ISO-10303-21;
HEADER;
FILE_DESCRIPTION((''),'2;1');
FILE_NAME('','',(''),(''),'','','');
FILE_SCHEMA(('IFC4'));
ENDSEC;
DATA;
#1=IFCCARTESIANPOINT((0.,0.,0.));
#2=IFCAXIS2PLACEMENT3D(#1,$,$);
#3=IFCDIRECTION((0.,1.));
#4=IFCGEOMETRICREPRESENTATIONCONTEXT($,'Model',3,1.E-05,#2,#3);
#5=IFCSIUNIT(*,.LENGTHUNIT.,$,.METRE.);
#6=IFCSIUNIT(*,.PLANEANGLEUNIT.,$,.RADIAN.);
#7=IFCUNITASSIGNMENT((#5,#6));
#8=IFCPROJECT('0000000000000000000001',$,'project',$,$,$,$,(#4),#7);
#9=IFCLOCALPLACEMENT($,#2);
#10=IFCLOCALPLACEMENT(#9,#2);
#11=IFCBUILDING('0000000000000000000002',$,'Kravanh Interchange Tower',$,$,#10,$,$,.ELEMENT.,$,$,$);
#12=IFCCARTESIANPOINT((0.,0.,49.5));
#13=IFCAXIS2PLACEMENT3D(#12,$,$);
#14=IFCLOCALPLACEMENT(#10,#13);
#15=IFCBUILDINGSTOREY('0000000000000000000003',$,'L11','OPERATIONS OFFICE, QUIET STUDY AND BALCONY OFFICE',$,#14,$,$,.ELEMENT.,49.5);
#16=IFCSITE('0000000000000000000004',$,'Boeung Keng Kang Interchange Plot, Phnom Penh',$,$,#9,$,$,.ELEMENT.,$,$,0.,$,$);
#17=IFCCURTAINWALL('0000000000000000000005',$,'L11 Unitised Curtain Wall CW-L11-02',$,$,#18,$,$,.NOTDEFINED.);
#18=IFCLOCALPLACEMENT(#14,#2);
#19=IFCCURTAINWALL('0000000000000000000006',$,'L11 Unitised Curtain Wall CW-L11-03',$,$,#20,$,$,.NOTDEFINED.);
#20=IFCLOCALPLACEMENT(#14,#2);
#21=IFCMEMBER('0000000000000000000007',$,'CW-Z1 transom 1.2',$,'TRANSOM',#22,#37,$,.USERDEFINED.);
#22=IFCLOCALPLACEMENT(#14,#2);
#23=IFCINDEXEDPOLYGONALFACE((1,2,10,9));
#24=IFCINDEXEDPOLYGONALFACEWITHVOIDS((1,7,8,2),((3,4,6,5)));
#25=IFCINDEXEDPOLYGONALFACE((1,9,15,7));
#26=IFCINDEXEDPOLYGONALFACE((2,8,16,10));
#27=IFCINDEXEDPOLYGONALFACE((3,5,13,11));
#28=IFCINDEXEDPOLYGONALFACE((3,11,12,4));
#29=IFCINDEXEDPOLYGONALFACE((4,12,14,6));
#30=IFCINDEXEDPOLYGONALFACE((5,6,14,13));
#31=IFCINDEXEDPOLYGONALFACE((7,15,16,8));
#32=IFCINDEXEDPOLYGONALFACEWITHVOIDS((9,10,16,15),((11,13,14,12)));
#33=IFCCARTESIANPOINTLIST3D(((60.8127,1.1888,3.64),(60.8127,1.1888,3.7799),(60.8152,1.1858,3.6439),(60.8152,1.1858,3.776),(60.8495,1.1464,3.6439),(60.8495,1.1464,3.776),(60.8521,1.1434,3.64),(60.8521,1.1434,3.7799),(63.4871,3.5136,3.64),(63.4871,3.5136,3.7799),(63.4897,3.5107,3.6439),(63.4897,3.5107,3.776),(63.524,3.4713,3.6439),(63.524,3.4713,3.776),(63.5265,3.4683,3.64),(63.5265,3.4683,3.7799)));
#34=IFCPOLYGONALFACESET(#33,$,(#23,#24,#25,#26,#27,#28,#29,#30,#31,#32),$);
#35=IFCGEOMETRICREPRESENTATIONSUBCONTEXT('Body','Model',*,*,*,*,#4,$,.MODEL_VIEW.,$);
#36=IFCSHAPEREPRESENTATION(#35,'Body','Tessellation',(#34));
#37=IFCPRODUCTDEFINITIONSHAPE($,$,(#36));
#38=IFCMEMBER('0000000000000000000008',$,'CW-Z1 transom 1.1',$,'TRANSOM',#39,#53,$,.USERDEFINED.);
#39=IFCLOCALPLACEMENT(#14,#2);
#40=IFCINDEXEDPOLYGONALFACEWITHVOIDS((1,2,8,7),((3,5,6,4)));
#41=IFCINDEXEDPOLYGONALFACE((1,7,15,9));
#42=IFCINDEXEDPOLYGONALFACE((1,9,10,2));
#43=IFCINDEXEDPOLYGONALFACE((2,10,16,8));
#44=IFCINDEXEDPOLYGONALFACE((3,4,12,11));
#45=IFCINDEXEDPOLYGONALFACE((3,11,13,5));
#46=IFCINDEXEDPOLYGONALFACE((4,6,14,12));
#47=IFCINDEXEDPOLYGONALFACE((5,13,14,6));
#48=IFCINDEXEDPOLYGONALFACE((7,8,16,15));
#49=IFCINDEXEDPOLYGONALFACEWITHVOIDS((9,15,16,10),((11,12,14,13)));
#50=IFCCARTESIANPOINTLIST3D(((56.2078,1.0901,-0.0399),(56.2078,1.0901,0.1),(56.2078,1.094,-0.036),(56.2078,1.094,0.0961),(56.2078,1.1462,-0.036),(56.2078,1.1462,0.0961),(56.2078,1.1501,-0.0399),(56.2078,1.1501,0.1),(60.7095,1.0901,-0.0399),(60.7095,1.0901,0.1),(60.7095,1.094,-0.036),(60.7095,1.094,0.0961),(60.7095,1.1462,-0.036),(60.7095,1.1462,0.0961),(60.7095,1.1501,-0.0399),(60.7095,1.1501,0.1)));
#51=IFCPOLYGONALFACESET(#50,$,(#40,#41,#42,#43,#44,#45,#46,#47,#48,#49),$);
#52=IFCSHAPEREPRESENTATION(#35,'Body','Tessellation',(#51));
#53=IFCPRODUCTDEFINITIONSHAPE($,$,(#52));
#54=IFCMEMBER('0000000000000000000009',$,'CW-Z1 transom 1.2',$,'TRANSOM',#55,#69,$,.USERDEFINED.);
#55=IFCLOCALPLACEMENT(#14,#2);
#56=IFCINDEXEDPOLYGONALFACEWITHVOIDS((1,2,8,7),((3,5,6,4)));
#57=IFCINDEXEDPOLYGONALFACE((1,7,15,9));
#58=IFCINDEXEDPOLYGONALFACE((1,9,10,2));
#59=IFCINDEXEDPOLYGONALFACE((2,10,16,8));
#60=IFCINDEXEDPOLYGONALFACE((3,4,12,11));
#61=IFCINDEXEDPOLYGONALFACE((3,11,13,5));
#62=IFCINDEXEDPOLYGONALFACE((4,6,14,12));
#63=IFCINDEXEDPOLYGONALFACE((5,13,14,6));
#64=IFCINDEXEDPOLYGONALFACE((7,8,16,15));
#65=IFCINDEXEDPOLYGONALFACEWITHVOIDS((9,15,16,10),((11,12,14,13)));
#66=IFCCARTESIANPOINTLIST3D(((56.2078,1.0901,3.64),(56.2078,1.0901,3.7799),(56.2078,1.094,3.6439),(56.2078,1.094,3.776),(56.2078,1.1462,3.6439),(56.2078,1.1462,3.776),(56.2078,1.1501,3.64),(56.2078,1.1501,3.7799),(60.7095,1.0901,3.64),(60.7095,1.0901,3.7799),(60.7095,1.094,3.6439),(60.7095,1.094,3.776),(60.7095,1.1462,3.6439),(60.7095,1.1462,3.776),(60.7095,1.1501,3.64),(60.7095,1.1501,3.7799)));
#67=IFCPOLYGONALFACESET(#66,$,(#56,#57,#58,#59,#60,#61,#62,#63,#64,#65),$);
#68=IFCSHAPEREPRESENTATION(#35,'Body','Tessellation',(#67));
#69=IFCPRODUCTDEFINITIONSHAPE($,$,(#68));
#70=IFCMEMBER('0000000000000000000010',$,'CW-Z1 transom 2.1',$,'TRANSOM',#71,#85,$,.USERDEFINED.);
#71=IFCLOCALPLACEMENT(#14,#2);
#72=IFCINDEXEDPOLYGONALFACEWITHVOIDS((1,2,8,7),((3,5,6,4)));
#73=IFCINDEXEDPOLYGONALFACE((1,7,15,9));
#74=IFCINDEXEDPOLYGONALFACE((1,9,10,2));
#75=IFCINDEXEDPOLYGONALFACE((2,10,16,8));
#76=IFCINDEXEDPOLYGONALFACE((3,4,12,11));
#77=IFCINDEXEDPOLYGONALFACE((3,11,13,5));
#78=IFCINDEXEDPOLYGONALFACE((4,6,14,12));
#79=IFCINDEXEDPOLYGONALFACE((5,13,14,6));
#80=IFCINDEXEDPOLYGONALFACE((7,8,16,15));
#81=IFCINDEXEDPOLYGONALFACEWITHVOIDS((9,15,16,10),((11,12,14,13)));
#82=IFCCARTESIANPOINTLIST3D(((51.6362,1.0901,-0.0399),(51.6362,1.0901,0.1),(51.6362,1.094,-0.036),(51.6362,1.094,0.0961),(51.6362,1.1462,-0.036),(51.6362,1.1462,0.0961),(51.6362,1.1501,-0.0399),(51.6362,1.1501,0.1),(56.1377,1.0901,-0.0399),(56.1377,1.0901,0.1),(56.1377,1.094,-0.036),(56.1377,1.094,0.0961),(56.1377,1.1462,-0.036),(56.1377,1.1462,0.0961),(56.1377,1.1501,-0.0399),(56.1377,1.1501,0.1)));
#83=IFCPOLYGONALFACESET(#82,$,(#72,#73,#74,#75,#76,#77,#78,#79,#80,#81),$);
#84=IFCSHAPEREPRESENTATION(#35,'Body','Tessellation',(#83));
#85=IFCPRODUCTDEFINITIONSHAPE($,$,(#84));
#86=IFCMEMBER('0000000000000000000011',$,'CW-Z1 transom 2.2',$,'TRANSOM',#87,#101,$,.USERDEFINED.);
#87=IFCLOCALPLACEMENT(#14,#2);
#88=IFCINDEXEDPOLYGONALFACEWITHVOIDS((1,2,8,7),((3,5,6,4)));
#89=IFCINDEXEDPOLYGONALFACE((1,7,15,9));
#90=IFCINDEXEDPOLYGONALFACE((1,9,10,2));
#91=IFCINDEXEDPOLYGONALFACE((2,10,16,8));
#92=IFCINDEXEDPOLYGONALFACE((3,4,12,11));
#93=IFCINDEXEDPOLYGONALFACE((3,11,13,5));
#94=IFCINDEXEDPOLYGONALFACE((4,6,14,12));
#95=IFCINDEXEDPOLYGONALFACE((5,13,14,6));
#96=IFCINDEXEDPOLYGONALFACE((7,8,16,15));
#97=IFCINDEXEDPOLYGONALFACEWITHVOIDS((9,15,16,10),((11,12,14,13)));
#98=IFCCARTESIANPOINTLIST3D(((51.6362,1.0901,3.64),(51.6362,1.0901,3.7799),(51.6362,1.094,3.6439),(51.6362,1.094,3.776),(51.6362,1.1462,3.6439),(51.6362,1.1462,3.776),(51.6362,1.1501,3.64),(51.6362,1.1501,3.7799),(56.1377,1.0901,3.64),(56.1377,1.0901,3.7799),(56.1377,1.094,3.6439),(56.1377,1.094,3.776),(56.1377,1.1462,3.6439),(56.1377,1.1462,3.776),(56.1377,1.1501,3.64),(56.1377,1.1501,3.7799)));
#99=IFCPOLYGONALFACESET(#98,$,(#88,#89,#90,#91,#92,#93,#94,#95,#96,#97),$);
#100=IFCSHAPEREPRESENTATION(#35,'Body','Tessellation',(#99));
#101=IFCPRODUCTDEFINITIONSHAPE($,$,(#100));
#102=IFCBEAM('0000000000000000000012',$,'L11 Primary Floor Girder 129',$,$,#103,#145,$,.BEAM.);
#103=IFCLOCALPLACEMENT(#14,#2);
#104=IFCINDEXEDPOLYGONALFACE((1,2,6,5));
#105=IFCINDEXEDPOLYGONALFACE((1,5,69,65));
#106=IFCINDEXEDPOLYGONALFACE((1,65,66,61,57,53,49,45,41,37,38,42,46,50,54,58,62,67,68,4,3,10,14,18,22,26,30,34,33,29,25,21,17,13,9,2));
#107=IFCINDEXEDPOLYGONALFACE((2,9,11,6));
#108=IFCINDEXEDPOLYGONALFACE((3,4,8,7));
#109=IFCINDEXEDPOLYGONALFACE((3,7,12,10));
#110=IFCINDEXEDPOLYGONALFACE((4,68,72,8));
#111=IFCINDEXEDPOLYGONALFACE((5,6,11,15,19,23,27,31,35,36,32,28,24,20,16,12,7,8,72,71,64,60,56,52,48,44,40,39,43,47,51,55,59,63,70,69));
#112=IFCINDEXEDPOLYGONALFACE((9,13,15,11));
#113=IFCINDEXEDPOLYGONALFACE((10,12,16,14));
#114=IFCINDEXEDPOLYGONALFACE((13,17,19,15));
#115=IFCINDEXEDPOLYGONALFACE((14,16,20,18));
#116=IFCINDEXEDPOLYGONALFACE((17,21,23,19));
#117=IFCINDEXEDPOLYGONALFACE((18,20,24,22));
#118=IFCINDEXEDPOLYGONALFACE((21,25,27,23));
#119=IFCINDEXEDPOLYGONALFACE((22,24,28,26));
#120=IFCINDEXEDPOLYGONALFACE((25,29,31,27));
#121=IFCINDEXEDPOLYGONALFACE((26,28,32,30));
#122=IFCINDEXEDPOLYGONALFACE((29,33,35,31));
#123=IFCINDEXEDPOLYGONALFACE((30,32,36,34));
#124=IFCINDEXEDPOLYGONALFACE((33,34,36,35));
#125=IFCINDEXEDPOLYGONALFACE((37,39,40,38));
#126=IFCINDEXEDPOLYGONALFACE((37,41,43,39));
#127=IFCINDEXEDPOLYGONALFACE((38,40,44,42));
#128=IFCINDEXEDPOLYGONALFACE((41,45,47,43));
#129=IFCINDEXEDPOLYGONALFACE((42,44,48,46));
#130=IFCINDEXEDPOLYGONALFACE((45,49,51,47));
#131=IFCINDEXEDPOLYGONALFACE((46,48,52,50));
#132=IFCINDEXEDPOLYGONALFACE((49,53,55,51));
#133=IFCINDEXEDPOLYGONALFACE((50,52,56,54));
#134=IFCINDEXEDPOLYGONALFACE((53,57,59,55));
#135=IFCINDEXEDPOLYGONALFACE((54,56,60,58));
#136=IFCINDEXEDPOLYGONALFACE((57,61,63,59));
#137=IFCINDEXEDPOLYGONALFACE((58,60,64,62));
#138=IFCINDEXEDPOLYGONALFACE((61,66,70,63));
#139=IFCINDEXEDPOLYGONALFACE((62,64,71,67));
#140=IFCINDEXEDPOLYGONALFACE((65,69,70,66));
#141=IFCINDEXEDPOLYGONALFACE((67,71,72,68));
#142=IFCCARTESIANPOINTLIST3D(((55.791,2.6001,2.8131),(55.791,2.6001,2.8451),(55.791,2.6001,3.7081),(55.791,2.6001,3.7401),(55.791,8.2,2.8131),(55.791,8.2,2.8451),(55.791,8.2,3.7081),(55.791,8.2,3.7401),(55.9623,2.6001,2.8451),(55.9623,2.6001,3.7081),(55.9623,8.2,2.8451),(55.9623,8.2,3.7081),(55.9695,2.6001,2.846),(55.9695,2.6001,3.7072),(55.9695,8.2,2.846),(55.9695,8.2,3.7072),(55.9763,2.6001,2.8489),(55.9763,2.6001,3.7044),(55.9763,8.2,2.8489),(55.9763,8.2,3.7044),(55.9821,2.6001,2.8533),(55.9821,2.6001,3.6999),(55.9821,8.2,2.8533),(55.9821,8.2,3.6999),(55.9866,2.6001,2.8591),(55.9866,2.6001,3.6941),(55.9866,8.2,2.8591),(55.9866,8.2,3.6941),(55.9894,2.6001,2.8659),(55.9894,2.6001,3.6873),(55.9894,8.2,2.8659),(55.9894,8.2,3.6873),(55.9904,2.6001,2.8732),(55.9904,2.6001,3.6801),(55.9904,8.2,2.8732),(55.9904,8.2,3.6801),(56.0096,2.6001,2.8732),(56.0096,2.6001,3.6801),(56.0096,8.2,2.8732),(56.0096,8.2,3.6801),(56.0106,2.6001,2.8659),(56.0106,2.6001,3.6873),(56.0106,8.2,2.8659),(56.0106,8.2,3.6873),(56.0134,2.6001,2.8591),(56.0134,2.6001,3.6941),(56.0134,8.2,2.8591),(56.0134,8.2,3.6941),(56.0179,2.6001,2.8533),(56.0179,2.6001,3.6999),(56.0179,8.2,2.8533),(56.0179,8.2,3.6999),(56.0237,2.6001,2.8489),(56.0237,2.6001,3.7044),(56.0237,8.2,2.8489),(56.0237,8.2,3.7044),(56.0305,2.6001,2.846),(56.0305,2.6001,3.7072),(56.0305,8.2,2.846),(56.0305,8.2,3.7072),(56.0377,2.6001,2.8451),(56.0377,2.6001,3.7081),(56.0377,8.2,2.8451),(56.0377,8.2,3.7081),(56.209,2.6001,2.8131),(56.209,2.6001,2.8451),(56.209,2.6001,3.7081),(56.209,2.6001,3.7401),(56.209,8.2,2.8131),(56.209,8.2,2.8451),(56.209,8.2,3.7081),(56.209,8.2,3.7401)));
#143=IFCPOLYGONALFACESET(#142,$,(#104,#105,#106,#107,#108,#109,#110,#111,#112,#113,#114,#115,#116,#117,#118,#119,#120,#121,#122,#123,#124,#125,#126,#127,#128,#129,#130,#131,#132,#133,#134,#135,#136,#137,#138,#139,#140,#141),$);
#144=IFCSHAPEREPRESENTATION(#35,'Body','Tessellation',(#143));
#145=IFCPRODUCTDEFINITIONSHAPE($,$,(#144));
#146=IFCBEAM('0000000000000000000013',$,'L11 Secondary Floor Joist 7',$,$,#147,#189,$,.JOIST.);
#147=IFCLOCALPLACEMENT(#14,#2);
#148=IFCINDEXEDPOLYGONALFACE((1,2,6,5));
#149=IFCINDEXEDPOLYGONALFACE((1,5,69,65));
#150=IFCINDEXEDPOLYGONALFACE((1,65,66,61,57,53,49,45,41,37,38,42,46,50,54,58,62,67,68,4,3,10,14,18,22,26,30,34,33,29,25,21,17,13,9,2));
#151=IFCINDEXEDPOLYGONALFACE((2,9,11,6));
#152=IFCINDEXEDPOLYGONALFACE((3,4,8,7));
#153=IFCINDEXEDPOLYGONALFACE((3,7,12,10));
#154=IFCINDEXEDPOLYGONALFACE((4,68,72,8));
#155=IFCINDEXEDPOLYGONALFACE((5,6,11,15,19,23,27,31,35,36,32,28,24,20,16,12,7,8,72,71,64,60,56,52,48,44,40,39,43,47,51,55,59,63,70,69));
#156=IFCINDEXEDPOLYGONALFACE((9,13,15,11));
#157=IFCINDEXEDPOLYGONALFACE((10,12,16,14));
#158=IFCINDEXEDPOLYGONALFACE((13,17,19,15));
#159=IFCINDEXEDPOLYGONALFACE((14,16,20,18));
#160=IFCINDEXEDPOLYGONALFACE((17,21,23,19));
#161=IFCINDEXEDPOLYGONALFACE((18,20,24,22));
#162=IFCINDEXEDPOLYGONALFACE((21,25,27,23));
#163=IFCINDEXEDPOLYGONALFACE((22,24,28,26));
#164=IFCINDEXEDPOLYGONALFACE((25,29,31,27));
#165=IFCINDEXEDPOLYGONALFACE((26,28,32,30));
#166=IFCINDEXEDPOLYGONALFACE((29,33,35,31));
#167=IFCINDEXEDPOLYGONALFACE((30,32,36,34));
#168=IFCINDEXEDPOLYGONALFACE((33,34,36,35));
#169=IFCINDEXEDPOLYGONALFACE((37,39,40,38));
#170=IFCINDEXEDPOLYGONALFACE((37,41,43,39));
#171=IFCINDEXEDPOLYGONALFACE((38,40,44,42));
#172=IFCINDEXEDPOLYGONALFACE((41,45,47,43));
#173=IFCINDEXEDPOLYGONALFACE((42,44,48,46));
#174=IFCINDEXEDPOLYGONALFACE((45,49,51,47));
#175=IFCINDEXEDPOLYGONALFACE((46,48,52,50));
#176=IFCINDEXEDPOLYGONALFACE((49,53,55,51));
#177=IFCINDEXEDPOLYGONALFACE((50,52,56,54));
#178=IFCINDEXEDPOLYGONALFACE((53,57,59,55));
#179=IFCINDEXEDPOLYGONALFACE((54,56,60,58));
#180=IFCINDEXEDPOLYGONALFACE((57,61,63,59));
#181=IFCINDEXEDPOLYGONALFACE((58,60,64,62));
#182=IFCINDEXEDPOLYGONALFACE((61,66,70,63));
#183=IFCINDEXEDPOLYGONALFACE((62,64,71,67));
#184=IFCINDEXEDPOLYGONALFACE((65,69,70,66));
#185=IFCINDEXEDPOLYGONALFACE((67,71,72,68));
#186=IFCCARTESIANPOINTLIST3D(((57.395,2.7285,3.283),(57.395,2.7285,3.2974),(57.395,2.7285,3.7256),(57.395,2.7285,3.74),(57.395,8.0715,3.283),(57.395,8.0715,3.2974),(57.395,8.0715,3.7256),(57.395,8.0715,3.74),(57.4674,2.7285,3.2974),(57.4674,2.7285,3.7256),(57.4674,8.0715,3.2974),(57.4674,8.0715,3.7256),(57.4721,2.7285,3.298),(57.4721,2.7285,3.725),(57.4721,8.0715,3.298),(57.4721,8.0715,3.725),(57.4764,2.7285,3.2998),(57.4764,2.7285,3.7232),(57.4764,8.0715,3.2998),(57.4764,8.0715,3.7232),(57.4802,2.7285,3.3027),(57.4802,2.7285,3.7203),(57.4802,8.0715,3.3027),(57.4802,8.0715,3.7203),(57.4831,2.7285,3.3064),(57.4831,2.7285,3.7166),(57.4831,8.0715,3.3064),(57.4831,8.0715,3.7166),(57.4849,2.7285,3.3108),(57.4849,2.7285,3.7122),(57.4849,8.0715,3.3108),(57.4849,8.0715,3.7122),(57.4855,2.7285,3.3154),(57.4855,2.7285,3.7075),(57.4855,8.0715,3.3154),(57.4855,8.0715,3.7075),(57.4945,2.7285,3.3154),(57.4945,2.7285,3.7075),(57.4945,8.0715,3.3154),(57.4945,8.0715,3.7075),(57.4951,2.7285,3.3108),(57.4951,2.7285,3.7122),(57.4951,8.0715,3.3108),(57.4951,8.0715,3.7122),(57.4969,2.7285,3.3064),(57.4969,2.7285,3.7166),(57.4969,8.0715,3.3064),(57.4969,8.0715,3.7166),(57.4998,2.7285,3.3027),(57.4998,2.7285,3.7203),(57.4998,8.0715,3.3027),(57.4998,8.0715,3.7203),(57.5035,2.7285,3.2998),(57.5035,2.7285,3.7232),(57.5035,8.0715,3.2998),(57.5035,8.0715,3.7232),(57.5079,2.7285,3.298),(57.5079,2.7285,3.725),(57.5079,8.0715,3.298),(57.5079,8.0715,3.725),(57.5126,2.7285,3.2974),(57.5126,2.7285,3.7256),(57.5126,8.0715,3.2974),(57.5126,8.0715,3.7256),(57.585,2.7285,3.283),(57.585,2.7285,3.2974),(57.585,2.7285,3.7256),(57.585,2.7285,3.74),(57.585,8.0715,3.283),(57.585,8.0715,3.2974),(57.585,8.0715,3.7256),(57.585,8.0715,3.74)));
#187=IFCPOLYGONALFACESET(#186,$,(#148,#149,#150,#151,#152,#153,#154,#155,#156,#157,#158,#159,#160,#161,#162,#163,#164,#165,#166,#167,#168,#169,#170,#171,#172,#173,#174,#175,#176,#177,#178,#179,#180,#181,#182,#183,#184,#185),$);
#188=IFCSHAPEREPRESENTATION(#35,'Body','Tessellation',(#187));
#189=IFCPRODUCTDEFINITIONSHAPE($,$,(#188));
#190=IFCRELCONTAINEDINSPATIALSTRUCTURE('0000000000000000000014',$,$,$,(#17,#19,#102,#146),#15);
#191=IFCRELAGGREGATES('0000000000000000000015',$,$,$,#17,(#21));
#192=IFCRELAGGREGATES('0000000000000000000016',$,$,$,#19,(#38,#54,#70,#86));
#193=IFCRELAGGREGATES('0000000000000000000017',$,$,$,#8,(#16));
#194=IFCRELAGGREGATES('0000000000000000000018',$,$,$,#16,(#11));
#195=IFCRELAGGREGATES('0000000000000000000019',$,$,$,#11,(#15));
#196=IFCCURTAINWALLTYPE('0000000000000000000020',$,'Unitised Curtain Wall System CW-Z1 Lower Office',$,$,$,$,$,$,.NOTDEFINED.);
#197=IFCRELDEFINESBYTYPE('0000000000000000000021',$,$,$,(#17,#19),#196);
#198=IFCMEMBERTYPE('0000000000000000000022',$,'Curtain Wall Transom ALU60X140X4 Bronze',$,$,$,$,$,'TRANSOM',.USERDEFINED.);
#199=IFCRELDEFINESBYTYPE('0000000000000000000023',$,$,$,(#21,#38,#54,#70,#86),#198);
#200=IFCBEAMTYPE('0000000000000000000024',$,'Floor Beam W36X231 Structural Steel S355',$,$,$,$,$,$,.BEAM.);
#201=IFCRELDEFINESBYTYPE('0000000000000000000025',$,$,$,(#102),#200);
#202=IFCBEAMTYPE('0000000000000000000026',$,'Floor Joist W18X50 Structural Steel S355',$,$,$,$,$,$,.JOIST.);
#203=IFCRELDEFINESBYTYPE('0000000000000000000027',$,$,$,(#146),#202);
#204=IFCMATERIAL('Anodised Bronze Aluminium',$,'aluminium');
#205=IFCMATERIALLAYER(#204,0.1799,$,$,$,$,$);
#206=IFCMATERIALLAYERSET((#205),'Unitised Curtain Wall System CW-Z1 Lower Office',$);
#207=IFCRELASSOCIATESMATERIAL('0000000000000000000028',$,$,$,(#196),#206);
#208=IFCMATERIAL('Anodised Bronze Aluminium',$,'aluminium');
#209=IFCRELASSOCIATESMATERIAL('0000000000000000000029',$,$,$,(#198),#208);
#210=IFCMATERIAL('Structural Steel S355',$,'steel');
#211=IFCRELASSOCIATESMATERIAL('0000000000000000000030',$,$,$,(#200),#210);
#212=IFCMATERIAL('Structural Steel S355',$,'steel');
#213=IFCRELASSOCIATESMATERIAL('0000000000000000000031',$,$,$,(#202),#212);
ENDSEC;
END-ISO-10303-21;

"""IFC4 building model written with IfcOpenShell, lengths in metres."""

from ifc_helpers import new_model, si_unit, direction, frame, origin, origin_2d, place, context, subcontext, project, spatial, hollow_rectangle, i_section, extrude, material, layer, layer_set, material_profile, profile_set, type_object, element, aggregate, save


model = new_model("IFC4")

# Units and contexts
model_context = context("Model", 3, precision=1e-05, world=origin(), true_north=direction((0.0, 1.0)))
body_context = subcontext(model_context, "Body", "Model", "MODEL_VIEW")
ifc_project = project(units=[si_unit("LENGTHUNIT", "METRE"), si_unit("PLANEANGLEUNIT", "RADIAN")], contexts=[model_context])

# Site, building, storey
site_placement = place(None, origin())
site = spatial("IfcSite", under=ifc_project, at=site_placement, Name="Boeung Keng Kang Interchange Plot, Phnom Penh", CompositionType="ELEMENT", RefElevation=0.0)
building_placement = place(site_placement, origin())
building = spatial("IfcBuilding", under=site, at=building_placement, Name="Kravanh Interchange Tower", CompositionType="ELEMENT")
storey_placement = place(building_placement, frame((0.0, 0.0, 49.5)))
storey = spatial("IfcBuildingStorey", under=building, at=storey_placement, Name="L11", Description="OPERATIONS OFFICE, QUIET STUDY AND BALCONY OFFICE", CompositionType="ELEMENT", Elevation=49.5)

# Curtain walls
ifc_material_1 = material(Name="Anodised Bronze Aluminium", Category="aluminium")
ifc_layer_1 = layer(ifc_material_1, 0.1799)
ifc_layer_set_1 = layer_set([ifc_layer_1], Name="Unitised Curtain Wall System CW-Z1 Lower Office")
curtain_wall_type = type_object("IfcCurtainWallType", Name="Unitised Curtain Wall System CW-Z1 Lower Office", PredefinedType="NOTDEFINED", material=ifc_layer_set_1)
curtain_wall_1_placement = place(storey_placement, origin())
curtain_wall_1 = element("IfcCurtainWall", 1, at=curtain_wall_1_placement, inside=storey, type_object=curtain_wall_type, Name="L11 Unitised Curtain Wall CW-L11-02", PredefinedType="NOTDEFINED")
curtain_wall_2_placement = place(storey_placement, origin())
curtain_wall_2 = element("IfcCurtainWall", 2, at=curtain_wall_2_placement, inside=storey, type_object=curtain_wall_type, Name="L11 Unitised Curtain Wall CW-L11-03", PredefinedType="NOTDEFINED")

# Members
ifc_material_2 = material(Name="Anodised Bronze Aluminium", Category="aluminium")
ifc_material_profile_1 = material_profile(ifc_material_2, hollow_rectangle(XDim=0.0601, YDim=0.1399, WallThickness=0.0039, at=origin_2d()), Name="ALU60X140X4")
ifc_profile_set_1 = profile_set([ifc_material_profile_1], Name="Anodised Bronze Aluminium")
member_type_1 = type_object("IfcMemberType", Name="Curtain Wall Transom ALU60X140X4 Bronze", ElementType="TRANSOM", PredefinedType="USERDEFINED", material=ifc_profile_set_1)
member_1_placement = place(storey_placement, frame((63.5068, 3.491, 3.71), z_axis=(-0.754711, -0.656058, 0.0), x_axis=(0.656058, -0.754711, 0.0)))
member_1 = element("IfcMember", 3, at=member_1_placement, type_object=member_type_1, Name="CW-Z1 transom 1.2", ObjectType="TRANSOM", PredefinedType="USERDEFINED", context=body_context, shape_type="SweptSolid", body=[
    extrude(hollow_rectangle(XDim=0.0601, YDim=0.1399, WallThickness=0.0039, at=origin_2d()), origin(), (0.0, 0.0, 1.0), 3.5437),
])
member_2_placement = place(storey_placement, frame((60.7095, 1.1201, 0.03), z_axis=(-1.0, 0.0, 0.0), x_axis=(0.0, -1.0, 0.0)))
member_2 = element("IfcMember", 4, at=member_2_placement, type_object=member_type_1, Name="CW-Z1 transom 1.1", ObjectType="TRANSOM", PredefinedType="USERDEFINED", context=body_context, shape_type="SweptSolid", body=[
    extrude(hollow_rectangle(XDim=0.0601, YDim=0.1399, WallThickness=0.0039, at=origin_2d()), origin(), (0.0, 0.0, 1.0), 4.5017),
])
member_3_placement = place(storey_placement, frame((60.7095, 1.1201, 3.71), z_axis=(-1.0, 0.0, 0.0), x_axis=(0.0, -1.0, 0.0)))
member_3 = element("IfcMember", 5, at=member_3_placement, type_object=member_type_1, Name="CW-Z1 transom 1.2", ObjectType="TRANSOM", PredefinedType="USERDEFINED", context=body_context, shape_type="SweptSolid", body=[
    extrude(hollow_rectangle(XDim=0.0601, YDim=0.1399, WallThickness=0.0039, at=origin_2d()), origin(), (0.0, 0.0, 1.0), 4.5017),
])
member_4_placement = place(storey_placement, frame((56.1377, 1.1201, 0.03), z_axis=(-1.0, 0.0, 0.0), x_axis=(0.0, -1.0, 0.0)))
member_4 = element("IfcMember", 6, at=member_4_placement, type_object=member_type_1, Name="CW-Z1 transom 2.1", ObjectType="TRANSOM", PredefinedType="USERDEFINED", context=body_context, shape_type="SweptSolid", body=[
    extrude(hollow_rectangle(XDim=0.0601, YDim=0.1399, WallThickness=0.0039, at=origin_2d()), origin(), (0.0, 0.0, 1.0), 4.5015),
])
member_5_placement = place(storey_placement, frame((56.1377, 1.1201, 3.71), z_axis=(-1.0, 0.0, 0.0), x_axis=(0.0, -1.0, 0.0)))
member_5 = element("IfcMember", 7, at=member_5_placement, type_object=member_type_1, Name="CW-Z1 transom 2.2", ObjectType="TRANSOM", PredefinedType="USERDEFINED", context=body_context, shape_type="SweptSolid", body=[
    extrude(hollow_rectangle(XDim=0.0601, YDim=0.1399, WallThickness=0.0039, at=origin_2d()), origin(), (0.0, 0.0, 1.0), 4.5015),
])

# Beams
ifc_material_3 = material(Name="Structural Steel S355", Category="steel")
ifc_material_profile_2 = material_profile(ifc_material_3, i_section(OverallWidth=0.418, OverallDepth=0.927, WebThickness=0.0193, FlangeThickness=0.032, FilletRadius=0.0281, at=origin_2d()), Name="W36X231")
ifc_profile_set_2 = profile_set([ifc_material_profile_2], Name="Structural Steel S355")
beam_type_1 = type_object("IfcBeamType", Name="Floor Beam W36X231 Structural Steel S355", PredefinedType="BEAM", material=ifc_profile_set_2)
beam_1_placement = place(storey_placement, frame((56.0, 2.6001, 3.2766), z_axis=(0.0, 1.0, 0.0), x_axis=(-1.0, 0.0, 0.0)))
element("IfcBeam", 8, at=beam_1_placement, inside=storey, type_object=beam_type_1, Name="L11 Primary Floor Girder 129", PredefinedType="BEAM", context=body_context, shape_type="SweptSolid", body=[
    extrude(i_section(OverallWidth=0.418, OverallDepth=0.927, WebThickness=0.0193, FlangeThickness=0.032, FilletRadius=0.0281, at=origin_2d()), origin(), (0.0, 0.0, 1.0), 5.5999),
])
ifc_material_4 = material(Name="Structural Steel S355", Category="steel")
ifc_material_profile_3 = material_profile(ifc_material_4, i_section(OverallWidth=0.1899, OverallDepth=0.457, WebThickness=0.009, FlangeThickness=0.0144, FilletRadius=0.0181, at=origin_2d()), Name="W18X50")
ifc_profile_set_3 = profile_set([ifc_material_profile_3], Name="Structural Steel S355")
beam_type_2 = type_object("IfcBeamType", Name="Floor Joist W18X50 Structural Steel S355", PredefinedType="JOIST", material=ifc_profile_set_3)
for number, where, z_axis, x_axis, name in (
    (9, (57.49, 2.7285, 3.5115), (0.0, 1.0, 0.0), (-1.0, 0.0, 0.0), "L11 Secondary Floor Joist 7"),
):
    element("IfcBeam", number, at=place(storey_placement, frame(where, z_axis=z_axis, x_axis=x_axis)), inside=storey, type_object=beam_type_2, Name=name, PredefinedType="JOIST", context=body_context, shape_type="SweptSolid", body=[
        extrude(i_section(OverallWidth=0.1899, OverallDepth=0.457, WebThickness=0.009, FlangeThickness=0.0144, FilletRadius=0.0181, at=origin_2d()), origin(), (0.0, 0.0, 1.0), 5.343),
    ])

aggregate(curtain_wall_1, [member_1])
aggregate(curtain_wall_2, [member_2, member_3, member_4, member_5])

save(model, "model.ifc")
